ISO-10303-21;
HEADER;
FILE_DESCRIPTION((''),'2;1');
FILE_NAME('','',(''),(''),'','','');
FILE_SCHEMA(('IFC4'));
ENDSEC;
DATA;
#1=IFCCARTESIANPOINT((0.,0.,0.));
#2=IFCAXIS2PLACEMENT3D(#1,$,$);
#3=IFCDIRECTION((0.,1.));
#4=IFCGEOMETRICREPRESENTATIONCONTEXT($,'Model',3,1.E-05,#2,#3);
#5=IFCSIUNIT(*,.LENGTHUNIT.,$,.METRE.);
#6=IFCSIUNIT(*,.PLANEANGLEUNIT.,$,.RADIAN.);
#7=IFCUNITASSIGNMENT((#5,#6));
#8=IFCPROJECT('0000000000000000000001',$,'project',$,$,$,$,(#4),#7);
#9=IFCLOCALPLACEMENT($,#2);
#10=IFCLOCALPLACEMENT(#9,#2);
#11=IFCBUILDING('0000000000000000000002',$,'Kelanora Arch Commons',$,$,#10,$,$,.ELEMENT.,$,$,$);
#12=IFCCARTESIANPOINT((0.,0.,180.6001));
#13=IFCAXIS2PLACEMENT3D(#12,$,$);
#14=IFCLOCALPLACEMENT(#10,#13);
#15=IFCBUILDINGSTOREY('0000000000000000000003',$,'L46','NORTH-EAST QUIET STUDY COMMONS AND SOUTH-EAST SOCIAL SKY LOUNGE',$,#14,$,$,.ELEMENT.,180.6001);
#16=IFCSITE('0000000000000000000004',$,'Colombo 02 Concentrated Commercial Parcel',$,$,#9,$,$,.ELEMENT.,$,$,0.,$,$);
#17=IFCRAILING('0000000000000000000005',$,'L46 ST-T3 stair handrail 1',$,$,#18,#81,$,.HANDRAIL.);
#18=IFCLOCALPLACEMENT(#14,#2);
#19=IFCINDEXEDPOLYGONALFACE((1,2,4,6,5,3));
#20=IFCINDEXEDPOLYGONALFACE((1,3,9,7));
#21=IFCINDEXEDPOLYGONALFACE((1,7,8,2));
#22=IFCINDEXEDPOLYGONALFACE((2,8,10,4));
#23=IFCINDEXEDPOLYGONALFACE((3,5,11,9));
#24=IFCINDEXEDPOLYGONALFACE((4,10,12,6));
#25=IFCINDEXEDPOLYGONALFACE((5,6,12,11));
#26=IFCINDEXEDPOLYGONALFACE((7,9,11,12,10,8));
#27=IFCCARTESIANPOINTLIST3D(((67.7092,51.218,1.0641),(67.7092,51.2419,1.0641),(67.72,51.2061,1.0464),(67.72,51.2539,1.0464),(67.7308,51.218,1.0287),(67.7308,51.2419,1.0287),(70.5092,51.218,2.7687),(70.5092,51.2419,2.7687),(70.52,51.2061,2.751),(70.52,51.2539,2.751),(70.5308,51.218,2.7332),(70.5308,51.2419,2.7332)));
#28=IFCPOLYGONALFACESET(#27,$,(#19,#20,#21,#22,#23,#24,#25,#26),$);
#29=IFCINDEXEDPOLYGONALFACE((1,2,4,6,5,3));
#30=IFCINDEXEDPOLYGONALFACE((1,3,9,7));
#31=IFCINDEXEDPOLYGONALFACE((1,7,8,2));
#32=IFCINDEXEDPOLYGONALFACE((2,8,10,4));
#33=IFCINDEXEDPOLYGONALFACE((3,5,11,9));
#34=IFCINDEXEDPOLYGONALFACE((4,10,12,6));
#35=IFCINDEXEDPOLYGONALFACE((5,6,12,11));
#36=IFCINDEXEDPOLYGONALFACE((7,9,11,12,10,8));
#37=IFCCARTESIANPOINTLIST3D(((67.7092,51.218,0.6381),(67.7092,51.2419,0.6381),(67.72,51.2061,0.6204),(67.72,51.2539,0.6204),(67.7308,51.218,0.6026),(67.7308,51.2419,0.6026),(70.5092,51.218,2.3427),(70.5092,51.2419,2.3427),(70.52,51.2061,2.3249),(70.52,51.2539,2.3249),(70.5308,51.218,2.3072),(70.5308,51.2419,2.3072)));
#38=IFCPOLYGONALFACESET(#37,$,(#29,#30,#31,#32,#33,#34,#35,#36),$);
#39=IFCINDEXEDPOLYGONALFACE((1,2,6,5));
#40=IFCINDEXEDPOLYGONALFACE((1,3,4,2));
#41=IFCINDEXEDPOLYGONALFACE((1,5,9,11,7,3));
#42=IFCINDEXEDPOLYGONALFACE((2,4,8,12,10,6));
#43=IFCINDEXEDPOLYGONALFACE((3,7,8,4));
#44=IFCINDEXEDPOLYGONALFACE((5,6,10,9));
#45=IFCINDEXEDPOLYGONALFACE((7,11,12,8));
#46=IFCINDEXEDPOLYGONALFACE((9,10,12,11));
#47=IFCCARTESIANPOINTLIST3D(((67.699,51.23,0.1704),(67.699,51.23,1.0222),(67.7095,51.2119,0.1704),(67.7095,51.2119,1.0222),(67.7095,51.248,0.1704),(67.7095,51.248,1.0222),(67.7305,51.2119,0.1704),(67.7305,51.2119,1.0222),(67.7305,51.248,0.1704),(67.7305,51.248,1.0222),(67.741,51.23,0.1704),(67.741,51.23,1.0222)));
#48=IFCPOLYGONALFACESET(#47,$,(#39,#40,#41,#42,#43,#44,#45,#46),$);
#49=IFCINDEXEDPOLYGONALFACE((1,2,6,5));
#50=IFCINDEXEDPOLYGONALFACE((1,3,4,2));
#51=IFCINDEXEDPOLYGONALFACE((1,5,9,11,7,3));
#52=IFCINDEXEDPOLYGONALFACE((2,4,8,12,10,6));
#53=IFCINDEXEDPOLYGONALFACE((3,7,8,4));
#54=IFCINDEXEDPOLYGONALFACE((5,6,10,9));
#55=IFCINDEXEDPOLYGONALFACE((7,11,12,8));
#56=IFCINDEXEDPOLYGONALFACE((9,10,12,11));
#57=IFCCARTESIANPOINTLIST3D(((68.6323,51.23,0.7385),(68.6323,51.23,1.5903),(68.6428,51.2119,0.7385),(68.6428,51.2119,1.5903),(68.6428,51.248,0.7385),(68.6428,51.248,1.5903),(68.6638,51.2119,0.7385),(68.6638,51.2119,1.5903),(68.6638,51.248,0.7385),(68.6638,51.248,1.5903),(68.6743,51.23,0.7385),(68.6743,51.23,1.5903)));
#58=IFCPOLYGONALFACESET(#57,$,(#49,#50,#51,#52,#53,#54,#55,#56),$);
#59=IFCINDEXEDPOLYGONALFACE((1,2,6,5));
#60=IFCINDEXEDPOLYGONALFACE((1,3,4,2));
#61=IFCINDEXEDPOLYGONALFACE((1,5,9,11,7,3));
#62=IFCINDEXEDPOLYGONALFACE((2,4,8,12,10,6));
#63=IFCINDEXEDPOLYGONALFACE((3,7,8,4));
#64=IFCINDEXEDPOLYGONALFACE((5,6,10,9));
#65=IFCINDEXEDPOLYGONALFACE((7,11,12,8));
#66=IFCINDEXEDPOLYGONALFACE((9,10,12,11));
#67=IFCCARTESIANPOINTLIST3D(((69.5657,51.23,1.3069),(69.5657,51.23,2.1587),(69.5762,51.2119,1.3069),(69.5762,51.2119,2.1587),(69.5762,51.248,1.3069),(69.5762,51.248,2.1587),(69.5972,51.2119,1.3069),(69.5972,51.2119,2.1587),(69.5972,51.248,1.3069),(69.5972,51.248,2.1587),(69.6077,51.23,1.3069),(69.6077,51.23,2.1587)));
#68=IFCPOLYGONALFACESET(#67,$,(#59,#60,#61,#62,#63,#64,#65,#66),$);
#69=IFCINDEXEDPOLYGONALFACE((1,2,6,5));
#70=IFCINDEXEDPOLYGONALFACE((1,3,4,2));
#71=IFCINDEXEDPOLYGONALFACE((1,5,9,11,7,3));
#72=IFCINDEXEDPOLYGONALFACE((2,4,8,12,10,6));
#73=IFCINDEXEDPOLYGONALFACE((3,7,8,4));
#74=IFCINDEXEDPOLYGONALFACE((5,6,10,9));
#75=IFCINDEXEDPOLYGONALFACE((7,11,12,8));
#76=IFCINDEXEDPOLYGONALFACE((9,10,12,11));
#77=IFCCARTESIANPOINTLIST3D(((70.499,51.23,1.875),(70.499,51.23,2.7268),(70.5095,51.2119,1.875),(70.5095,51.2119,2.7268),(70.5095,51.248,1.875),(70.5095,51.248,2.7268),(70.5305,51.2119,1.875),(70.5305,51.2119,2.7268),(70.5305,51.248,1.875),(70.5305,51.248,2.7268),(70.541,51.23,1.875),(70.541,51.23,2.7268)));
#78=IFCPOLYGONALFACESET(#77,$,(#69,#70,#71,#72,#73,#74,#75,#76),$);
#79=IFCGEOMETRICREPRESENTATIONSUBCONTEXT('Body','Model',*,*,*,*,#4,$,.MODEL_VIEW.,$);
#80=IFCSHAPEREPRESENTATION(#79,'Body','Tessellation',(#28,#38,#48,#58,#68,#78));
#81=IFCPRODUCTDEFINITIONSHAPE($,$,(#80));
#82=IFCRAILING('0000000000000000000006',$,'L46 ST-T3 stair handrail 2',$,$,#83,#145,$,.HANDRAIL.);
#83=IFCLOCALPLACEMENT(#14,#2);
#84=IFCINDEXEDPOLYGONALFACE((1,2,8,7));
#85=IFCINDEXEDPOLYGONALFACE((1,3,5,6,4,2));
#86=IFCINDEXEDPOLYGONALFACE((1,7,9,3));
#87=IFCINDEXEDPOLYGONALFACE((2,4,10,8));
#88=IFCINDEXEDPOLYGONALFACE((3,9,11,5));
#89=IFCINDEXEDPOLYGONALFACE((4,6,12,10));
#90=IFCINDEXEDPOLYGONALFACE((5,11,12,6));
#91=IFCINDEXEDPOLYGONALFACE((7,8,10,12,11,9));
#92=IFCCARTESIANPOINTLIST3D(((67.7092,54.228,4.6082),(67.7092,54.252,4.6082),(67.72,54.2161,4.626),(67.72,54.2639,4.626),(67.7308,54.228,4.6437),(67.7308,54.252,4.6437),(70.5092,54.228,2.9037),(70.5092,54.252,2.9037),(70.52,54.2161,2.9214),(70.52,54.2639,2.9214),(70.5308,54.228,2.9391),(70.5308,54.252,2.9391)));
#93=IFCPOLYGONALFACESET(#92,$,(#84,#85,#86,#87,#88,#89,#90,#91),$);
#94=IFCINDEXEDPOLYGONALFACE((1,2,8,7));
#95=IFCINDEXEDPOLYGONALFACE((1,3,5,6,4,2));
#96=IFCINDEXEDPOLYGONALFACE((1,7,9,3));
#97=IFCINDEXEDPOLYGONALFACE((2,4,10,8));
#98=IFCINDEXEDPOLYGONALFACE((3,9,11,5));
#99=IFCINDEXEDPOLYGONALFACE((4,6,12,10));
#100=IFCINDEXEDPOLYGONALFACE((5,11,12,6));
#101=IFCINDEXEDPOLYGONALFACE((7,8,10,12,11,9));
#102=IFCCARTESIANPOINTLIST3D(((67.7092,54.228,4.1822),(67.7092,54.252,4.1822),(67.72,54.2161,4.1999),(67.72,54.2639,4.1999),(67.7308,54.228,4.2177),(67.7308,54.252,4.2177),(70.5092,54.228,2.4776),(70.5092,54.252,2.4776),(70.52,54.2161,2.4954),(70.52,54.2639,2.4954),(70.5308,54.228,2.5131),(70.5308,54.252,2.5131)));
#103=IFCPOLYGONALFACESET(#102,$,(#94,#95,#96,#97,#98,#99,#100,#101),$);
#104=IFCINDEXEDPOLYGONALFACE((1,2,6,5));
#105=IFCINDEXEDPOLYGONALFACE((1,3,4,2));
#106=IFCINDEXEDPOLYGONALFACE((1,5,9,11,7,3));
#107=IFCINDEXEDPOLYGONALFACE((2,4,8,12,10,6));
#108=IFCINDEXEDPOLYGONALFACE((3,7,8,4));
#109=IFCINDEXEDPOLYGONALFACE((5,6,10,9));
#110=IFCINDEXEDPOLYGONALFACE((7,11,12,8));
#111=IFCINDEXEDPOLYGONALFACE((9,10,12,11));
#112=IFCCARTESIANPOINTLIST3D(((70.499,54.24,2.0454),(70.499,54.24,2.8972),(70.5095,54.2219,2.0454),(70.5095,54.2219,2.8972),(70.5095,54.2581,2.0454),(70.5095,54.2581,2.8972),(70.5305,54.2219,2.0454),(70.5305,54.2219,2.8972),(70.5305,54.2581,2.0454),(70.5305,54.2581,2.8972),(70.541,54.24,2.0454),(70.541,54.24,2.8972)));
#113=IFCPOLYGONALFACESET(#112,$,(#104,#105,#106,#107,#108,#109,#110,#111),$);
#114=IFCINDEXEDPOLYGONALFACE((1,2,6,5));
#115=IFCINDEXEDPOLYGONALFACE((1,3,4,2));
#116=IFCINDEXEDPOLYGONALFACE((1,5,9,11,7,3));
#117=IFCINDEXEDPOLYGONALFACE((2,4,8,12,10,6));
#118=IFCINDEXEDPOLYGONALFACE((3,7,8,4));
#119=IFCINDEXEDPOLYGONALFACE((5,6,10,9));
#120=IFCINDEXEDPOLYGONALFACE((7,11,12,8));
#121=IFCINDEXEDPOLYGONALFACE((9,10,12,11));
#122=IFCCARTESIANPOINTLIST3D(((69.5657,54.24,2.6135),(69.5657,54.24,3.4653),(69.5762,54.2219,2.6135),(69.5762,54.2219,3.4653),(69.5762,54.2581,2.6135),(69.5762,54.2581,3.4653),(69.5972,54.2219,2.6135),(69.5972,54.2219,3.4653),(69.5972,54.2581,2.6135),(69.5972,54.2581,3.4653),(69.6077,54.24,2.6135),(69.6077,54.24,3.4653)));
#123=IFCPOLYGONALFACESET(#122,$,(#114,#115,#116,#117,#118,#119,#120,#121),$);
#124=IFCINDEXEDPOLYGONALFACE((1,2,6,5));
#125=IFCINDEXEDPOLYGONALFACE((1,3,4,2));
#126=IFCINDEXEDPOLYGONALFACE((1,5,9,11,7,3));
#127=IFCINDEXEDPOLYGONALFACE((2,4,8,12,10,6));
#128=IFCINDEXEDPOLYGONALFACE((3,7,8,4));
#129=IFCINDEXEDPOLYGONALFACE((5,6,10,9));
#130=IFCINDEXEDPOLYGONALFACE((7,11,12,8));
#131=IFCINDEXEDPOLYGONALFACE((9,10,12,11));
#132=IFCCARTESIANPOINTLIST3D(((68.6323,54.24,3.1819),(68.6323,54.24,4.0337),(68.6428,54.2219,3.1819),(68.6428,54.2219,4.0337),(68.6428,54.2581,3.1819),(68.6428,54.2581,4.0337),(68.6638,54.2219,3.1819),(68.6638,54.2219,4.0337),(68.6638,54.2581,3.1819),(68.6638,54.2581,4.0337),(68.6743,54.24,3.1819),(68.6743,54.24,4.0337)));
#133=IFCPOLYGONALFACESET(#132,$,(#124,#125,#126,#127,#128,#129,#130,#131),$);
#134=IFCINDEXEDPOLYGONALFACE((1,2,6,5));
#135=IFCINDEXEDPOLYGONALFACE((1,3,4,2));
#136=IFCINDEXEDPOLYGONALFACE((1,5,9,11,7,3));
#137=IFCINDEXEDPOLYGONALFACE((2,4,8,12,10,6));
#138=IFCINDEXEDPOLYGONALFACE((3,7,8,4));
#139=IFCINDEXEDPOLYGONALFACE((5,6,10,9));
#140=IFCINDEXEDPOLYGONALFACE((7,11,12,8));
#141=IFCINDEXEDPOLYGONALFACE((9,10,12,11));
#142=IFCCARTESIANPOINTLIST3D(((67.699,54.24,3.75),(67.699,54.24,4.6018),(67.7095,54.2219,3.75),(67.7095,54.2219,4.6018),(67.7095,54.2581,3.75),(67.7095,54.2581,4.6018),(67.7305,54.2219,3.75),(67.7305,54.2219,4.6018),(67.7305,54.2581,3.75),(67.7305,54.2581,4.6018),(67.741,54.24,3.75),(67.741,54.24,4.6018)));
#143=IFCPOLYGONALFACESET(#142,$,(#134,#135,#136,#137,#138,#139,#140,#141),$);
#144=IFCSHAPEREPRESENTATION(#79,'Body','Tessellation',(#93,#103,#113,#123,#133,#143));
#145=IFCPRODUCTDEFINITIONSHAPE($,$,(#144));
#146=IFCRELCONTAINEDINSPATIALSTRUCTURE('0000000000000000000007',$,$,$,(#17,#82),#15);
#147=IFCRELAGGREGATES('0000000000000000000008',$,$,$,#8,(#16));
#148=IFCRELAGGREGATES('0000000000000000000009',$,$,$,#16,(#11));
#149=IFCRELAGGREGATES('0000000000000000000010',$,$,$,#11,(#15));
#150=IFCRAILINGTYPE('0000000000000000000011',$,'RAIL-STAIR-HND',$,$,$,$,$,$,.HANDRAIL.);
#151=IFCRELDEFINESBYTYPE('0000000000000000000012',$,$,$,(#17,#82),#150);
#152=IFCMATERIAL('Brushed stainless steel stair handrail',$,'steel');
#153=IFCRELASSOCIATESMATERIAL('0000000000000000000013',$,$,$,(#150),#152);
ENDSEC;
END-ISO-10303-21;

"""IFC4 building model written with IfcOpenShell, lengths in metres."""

from ifc_helpers import new_model, si_unit, direction, frame, origin, place, context, subcontext, project, spatial, polyline, outline, extrude, material, type_object, element, save


model = new_model("IFC4")

# Units and contexts
model_context = context("Model", 3, precision=1e-05, world=origin(), true_north=direction((0.0, 1.0)))
body_context = subcontext(model_context, "Body", "Model", "MODEL_VIEW")
ifc_project = project(units=[si_unit("LENGTHUNIT", "METRE"), si_unit("PLANEANGLEUNIT", "RADIAN")], contexts=[model_context])

# Site, building, storey
site_placement = place(None, origin())
site = spatial("IfcSite", under=ifc_project, at=site_placement, Name="Colombo 02 Concentrated Commercial Parcel", CompositionType="ELEMENT", RefElevation=0.0)
building_placement = place(site_placement, origin())
building = spatial("IfcBuilding", under=site, at=building_placement, Name="Kelanora Arch Commons", CompositionType="ELEMENT")
storey_placement = place(building_placement, frame((0.0, 0.0, 180.6001)))
storey = spatial("IfcBuildingStorey", under=building, at=storey_placement, Name="L46", Description="NORTH-EAST QUIET STUDY COMMONS AND SOUTH-EAST SOCIAL SKY LOUNGE", CompositionType="ELEMENT", Elevation=180.6001)

# Railings
ifc_material_1 = material(Name="Brushed stainless steel stair handrail", Category="steel")
railing_type_1 = type_object("IfcRailingType", Name="RAIL-STAIR-HND", PredefinedType="HANDRAIL", material=ifc_material_1)
railing_1_placement = place(storey_placement, frame((67.72, 51.23, 0.1704)))
element("IfcRailing", 1, at=railing_1_placement, inside=storey, type_object=railing_type_1, Name="L46 ST-T3 stair handrail 1", PredefinedType="HANDRAIL", context=body_context, shape_type="SweptSolid", body=[
    extrude(outline(polyline([(0.0239, 0.0), (0.012, 0.0208), (-0.012, 0.0208), (-0.0239, 0.0), (-0.012, -0.0208), (0.012, -0.0208), (0.0239, 0.0)])), frame((0.0, 0.0, 0.876), z_axis=(0.85417, 0.0, 0.519994), x_axis=(0.0, 1.0, 0.0)), (0.0, 0.0, 1.0), 3.2781),
    extrude(outline(polyline([(0.0239, 0.0), (0.012, 0.0208), (-0.012, 0.0208), (-0.0239, 0.0), (-0.012, -0.0208), (0.012, -0.0208), (0.0239, 0.0)])), frame((0.0, 0.0, 0.45), z_axis=(0.85417, 0.0, 0.519994), x_axis=(0.0, 1.0, 0.0)), (0.0, 0.0, 1.0), 3.2781),
    extrude(outline(polyline([(0.021, 0.0), (0.0105, 0.0181), (-0.0105, 0.0181), (-0.021, 0.0), (-0.0105, -0.0181), (0.0105, -0.0181), (0.021, 0.0)])), origin(), (0.0, 0.0, 1.0), 0.8518),
    extrude(outline(polyline([(0.021, 0.0), (0.0105, 0.0181), (-0.0105, 0.0181), (-0.021, 0.0), (-0.0105, -0.0181), (0.0105, -0.0181), (0.021, 0.0)])), frame((0.9333, 0.0, 0.5681)), (0.0, 0.0, 1.0), 0.8518),
    extrude(outline(polyline([(0.021, 0.0), (0.0105, 0.0181), (-0.0105, 0.0181), (-0.021, 0.0), (-0.0105, -0.0181), (0.0105, -0.0181), (0.021, 0.0)])), frame((1.8667, 0.0, 1.1365)), (0.0, 0.0, 1.0), 0.8518),
    extrude(outline(polyline([(0.021, 0.0), (0.0105, 0.0181), (-0.0105, 0.0181), (-0.021, 0.0), (-0.0105, -0.0181), (0.0105, -0.0181), (0.021, 0.0)])), frame((2.8, 0.0, 1.7046)), (0.0, 0.0, 1.0), 0.8518),
])
railing_2_placement = place(storey_placement, frame((70.52, 54.24, 2.0454)))
element("IfcRailing", 2, at=railing_2_placement, inside=storey, type_object=railing_type_1, Name="L46 ST-T3 stair handrail 2", PredefinedType="HANDRAIL", context=body_context, shape_type="SweptSolid", body=[
    extrude(outline(polyline([(0.0239, 0.0), (0.012, 0.0208), (-0.012, 0.0208), (-0.0239, 0.0), (-0.012, -0.0208), (0.012, -0.0208), (0.0239, 0.0)])), frame((0.0, 0.0, 0.876), z_axis=(-0.85417, 0.0, 0.519994), x_axis=(0.0, -1.0, 0.0)), (0.0, 0.0, 1.0), 3.2781),
    extrude(outline(polyline([(0.0239, 0.0), (0.012, 0.0208), (-0.012, 0.0208), (-0.0239, 0.0), (-0.012, -0.0208), (0.012, -0.0208), (0.0239, 0.0)])), frame((0.0, 0.0, 0.45), z_axis=(-0.85417, 0.0, 0.519994), x_axis=(0.0, -1.0, 0.0)), (0.0, 0.0, 1.0), 3.2781),
    extrude(outline(polyline([(0.021, 0.0), (0.0105, 0.0181), (-0.0105, 0.0181), (-0.021, 0.0), (-0.0105, -0.0181), (0.0105, -0.0181), (0.021, 0.0)])), origin(), (0.0, 0.0, 1.0), 0.8518),
    extrude(outline(polyline([(0.021, 0.0), (0.0105, 0.0181), (-0.0105, 0.0181), (-0.021, 0.0), (-0.0105, -0.0181), (0.0105, -0.0181), (0.021, 0.0)])), frame((-0.9333, 0.0, 0.5681)), (0.0, 0.0, 1.0), 0.8518),
    extrude(outline(polyline([(0.021, 0.0), (0.0105, 0.0181), (-0.0105, 0.0181), (-0.021, 0.0), (-0.0105, -0.0181), (0.0105, -0.0181), (0.021, 0.0)])), frame((-1.8667, 0.0, 1.1365)), (0.0, 0.0, 1.0), 0.8518),
    extrude(outline(polyline([(0.021, 0.0), (0.0105, 0.0181), (-0.0105, 0.0181), (-0.021, 0.0), (-0.0105, -0.0181), (0.0105, -0.0181), (0.021, 0.0)])), frame((-2.8, 0.0, 1.7046)), (0.0, 0.0, 1.0), 0.8518),
])

save(model, "model.ifc")
